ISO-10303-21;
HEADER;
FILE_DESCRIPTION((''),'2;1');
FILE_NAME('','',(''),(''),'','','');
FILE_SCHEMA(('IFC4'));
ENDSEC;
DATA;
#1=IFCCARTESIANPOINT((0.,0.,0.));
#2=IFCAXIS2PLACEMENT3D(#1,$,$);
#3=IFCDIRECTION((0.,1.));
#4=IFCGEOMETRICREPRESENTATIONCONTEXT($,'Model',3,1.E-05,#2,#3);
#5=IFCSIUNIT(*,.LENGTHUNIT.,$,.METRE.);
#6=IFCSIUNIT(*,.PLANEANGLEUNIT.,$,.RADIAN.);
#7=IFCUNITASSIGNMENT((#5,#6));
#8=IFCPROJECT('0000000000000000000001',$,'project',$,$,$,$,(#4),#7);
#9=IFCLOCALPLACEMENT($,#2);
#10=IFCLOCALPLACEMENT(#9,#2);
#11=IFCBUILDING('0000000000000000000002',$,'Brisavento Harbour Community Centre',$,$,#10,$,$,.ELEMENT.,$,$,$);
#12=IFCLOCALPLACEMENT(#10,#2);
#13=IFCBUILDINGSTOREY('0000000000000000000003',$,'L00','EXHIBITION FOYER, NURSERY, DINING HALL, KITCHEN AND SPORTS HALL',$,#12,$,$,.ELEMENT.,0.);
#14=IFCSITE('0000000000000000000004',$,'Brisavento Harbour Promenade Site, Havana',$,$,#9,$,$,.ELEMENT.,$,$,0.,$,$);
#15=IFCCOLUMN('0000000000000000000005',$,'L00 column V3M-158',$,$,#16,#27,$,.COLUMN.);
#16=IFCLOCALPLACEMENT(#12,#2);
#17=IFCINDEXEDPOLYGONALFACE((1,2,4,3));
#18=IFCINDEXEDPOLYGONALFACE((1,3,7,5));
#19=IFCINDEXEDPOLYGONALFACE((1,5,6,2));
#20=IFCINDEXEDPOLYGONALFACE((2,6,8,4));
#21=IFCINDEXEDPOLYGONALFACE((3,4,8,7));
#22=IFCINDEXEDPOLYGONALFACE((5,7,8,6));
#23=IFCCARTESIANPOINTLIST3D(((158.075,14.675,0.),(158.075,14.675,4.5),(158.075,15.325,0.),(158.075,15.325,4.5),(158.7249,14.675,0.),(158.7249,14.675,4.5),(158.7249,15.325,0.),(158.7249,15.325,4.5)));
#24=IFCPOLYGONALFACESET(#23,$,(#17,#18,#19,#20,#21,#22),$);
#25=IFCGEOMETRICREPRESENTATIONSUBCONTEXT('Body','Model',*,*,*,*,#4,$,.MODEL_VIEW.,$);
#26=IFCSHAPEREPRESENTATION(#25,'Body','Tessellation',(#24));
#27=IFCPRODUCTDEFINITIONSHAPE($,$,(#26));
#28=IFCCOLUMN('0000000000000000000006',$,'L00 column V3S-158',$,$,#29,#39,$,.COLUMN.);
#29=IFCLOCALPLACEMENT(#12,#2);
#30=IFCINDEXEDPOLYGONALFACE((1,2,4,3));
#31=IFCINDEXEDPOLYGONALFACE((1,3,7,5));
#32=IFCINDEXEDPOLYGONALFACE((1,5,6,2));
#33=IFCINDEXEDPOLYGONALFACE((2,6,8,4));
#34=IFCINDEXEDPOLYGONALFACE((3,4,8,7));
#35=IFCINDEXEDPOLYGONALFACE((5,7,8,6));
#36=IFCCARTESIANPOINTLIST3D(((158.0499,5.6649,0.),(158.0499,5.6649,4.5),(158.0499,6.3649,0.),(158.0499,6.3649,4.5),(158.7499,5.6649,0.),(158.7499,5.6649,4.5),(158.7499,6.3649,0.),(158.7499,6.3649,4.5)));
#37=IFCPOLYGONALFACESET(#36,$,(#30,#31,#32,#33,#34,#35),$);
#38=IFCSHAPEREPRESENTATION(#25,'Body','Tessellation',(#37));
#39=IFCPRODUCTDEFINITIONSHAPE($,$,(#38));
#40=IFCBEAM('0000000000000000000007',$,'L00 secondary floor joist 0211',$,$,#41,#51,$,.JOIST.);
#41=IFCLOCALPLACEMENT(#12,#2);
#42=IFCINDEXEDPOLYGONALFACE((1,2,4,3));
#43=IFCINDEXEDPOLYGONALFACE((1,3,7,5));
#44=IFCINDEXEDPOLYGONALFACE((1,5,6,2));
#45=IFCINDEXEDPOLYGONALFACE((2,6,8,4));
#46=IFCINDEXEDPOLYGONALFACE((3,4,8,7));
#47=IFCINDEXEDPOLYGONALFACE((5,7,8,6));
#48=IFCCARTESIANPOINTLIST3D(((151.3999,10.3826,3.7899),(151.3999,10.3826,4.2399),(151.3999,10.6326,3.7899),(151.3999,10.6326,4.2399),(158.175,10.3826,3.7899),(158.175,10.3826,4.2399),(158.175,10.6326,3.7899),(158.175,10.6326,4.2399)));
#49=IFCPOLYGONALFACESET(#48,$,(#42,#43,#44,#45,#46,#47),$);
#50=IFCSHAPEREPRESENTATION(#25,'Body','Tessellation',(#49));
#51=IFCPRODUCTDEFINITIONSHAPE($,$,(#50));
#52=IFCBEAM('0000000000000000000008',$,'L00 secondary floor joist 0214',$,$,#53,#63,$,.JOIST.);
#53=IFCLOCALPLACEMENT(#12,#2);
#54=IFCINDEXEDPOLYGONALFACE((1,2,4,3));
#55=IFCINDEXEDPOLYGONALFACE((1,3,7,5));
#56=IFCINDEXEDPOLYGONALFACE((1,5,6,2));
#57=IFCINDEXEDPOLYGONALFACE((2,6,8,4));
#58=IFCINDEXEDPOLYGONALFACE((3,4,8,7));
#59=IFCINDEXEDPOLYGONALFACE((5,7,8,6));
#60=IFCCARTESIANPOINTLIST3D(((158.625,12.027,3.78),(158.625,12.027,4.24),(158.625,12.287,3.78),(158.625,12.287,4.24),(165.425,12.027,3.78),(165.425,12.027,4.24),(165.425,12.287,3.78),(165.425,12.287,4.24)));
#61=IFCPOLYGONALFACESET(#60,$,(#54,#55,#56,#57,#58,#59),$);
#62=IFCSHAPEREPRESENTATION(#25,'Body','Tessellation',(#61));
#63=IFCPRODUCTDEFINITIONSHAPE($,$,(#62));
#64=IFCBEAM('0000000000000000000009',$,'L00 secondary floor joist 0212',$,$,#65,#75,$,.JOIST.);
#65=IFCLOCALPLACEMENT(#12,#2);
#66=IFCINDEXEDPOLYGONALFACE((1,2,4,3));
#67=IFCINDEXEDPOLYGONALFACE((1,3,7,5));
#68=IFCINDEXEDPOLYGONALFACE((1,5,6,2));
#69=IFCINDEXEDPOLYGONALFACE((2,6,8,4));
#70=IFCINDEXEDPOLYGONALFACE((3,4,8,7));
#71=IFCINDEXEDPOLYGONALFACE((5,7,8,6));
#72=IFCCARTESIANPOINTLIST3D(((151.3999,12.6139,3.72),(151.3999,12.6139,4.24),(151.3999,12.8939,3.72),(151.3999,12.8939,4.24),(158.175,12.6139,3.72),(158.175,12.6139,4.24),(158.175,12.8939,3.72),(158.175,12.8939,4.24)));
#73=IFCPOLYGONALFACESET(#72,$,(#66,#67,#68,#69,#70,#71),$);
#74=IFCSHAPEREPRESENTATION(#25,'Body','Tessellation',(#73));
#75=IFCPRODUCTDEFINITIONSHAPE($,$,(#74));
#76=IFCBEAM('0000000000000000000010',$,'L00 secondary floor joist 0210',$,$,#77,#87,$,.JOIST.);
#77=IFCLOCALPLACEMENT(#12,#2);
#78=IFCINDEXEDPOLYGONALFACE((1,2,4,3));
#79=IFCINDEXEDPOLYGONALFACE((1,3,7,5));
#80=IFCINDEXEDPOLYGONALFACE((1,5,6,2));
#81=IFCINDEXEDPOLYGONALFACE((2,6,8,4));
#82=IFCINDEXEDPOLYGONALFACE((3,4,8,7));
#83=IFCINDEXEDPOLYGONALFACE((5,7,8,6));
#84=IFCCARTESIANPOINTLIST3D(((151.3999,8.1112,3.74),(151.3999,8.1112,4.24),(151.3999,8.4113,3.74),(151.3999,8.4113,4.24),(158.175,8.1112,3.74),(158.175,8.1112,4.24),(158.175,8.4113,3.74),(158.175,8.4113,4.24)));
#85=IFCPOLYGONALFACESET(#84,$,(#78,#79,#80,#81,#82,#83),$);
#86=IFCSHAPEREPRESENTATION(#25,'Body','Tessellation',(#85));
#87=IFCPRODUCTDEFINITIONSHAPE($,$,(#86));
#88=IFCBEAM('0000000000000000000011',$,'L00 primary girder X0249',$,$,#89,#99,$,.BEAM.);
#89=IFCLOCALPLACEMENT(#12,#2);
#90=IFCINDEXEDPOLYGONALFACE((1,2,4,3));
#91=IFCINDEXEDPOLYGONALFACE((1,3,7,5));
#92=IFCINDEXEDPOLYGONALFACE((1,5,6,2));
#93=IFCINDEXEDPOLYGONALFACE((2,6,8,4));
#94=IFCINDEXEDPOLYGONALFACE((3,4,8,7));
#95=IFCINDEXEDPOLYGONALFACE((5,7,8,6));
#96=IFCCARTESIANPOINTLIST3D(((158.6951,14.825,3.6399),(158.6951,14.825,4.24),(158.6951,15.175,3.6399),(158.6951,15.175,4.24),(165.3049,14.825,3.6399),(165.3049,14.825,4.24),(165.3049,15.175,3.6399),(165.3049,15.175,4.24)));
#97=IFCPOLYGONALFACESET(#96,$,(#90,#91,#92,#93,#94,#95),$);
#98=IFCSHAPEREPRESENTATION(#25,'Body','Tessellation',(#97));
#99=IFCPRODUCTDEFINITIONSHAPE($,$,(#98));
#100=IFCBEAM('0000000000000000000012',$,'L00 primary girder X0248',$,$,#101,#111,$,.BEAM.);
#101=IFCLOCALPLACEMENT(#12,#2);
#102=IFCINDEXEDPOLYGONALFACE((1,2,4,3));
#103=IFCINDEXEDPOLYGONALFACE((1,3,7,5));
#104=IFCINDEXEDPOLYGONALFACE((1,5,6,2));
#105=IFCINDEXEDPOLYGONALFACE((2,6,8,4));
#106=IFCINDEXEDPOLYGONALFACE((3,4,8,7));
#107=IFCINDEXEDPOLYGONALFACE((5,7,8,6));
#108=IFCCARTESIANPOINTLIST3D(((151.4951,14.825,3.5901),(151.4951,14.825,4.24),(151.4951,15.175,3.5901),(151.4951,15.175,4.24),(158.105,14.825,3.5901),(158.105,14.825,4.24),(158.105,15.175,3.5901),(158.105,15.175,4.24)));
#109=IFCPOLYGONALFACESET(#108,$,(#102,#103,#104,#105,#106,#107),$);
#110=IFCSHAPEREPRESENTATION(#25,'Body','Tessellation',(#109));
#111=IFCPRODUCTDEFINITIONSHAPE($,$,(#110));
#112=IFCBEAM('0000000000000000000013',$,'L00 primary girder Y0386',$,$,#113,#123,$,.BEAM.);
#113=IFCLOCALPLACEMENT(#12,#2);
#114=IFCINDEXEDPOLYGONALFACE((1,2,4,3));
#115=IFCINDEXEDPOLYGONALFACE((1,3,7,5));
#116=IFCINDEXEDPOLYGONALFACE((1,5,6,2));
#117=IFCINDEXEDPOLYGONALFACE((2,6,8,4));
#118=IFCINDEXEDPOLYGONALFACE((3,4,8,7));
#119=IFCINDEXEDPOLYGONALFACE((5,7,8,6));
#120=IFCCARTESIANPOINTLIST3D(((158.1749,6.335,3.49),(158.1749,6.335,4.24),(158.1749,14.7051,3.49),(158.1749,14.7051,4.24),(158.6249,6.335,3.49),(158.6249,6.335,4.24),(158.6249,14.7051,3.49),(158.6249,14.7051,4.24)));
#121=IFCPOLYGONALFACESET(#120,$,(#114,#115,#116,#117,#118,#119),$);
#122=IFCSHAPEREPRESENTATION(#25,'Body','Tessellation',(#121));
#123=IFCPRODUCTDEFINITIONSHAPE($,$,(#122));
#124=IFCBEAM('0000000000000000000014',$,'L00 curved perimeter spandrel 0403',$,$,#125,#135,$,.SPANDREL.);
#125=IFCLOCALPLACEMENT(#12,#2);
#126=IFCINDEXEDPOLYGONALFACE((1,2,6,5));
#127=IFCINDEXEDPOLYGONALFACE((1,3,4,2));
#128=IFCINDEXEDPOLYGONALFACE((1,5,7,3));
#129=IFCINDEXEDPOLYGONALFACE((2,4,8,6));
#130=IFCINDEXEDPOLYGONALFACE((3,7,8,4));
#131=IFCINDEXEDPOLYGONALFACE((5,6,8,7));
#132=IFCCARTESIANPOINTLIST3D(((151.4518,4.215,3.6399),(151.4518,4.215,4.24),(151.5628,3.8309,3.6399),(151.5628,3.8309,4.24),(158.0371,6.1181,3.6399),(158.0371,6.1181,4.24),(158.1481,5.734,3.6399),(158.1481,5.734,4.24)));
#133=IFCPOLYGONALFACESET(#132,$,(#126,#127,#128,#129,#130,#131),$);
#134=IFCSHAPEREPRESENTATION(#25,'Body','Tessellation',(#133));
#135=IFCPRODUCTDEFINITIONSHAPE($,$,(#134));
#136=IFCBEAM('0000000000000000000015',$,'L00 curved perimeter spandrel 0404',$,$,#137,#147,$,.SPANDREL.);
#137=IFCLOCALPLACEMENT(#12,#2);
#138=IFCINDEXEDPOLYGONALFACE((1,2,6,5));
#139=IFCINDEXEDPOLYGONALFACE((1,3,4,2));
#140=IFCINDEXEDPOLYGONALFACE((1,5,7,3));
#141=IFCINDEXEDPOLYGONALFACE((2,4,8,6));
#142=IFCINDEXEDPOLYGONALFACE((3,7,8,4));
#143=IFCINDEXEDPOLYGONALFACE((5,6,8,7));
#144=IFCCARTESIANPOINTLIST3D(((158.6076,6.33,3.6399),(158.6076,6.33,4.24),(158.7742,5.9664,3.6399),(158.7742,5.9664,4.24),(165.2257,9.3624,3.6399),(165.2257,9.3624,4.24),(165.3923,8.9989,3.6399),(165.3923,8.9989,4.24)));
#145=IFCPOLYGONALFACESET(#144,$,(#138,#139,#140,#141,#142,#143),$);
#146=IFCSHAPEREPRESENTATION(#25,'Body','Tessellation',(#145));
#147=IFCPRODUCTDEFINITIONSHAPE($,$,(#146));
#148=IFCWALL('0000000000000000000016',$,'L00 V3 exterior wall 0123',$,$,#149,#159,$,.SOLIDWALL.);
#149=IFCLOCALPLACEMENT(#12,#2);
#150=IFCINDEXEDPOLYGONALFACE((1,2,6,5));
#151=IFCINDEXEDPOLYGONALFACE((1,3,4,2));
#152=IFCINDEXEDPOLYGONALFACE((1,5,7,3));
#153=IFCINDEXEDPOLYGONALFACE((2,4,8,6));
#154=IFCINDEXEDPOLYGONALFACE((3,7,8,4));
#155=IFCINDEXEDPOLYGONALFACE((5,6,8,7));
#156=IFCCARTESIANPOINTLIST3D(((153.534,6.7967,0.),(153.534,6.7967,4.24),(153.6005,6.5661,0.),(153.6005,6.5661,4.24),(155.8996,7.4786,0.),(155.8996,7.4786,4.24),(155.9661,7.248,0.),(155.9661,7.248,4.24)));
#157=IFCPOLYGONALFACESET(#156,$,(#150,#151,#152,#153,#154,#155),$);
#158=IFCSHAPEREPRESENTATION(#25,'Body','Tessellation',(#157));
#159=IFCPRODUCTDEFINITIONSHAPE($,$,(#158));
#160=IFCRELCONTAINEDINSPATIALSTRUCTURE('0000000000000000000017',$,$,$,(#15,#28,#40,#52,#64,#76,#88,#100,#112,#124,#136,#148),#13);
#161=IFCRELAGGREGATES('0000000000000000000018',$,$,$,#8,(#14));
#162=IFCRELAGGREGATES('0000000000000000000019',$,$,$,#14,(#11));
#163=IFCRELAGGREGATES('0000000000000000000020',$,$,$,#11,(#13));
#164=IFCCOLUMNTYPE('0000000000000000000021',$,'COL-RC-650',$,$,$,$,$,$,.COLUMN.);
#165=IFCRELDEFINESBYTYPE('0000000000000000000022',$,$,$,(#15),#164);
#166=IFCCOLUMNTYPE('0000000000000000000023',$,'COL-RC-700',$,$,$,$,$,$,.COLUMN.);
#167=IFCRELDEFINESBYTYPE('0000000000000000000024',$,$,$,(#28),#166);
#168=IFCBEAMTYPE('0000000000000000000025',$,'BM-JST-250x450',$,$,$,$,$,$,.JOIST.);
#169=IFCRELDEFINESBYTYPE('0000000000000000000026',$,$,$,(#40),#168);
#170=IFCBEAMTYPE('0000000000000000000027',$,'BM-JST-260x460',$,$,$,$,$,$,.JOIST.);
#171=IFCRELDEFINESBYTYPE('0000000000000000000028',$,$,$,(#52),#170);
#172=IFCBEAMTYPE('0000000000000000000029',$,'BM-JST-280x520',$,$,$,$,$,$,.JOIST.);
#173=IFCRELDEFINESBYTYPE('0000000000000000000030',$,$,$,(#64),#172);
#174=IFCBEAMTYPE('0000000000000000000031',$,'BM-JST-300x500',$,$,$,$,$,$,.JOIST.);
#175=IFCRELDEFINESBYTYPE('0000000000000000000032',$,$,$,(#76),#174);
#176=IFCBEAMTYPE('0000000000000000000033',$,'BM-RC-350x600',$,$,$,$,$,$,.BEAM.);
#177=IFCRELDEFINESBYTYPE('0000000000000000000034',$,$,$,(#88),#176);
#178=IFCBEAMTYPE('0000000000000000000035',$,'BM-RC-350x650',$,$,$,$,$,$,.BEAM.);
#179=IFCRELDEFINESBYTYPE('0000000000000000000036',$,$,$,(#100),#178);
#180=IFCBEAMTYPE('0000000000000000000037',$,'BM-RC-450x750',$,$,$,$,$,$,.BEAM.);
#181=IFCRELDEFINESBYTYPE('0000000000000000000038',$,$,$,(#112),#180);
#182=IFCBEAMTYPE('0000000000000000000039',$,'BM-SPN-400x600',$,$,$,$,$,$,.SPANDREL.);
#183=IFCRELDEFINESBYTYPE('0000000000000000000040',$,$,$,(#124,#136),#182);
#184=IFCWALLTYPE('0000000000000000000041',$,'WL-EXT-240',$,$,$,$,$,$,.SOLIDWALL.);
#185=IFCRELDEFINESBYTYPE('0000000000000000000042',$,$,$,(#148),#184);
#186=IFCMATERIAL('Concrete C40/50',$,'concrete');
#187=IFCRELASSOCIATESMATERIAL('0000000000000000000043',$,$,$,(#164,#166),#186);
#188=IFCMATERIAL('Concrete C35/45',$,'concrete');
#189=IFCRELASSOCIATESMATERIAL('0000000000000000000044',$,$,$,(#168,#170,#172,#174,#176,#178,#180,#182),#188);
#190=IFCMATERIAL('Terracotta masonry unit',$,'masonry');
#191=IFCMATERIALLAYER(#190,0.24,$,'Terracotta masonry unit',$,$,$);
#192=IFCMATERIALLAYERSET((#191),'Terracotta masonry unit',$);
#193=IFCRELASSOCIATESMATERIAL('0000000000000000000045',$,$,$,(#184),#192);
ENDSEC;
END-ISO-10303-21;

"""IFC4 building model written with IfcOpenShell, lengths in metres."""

from ifc_helpers import new_model, si_unit, direction, frame, frame_2d, origin, origin_2d, place, context, subcontext, project, spatial, rectangle, extrude, material, layer, layer_set, material_profile, profile_set, type_object, element, save


model = new_model("IFC4")

# Units and contexts
model_context = context("Model", 3, precision=1e-05, world=origin(), true_north=direction((0.0, 1.0)))
body_context = subcontext(model_context, "Body", "Model", "MODEL_VIEW")
ifc_project = project(units=[si_unit("LENGTHUNIT", "METRE"), si_unit("PLANEANGLEUNIT", "RADIAN")], contexts=[model_context])

# Site, building, storey
site_placement = place(None, origin())
site = spatial("IfcSite", under=ifc_project, at=site_placement, Name="Brisavento Harbour Promenade Site, Havana", CompositionType="ELEMENT", RefElevation=0.0)
building_placement = place(site_placement, origin())
building = spatial("IfcBuilding", under=site, at=building_placement, Name="Brisavento Harbour Community Centre", CompositionType="ELEMENT")
storey_placement = place(building_placement, origin())
storey = spatial("IfcBuildingStorey", under=building, at=storey_placement, Name="L00", Description="EXHIBITION FOYER, NURSERY, DINING HALL, KITCHEN AND SPORTS HALL", CompositionType="ELEMENT", Elevation=0.0)

# Columns
ifc_material_1 = material(Name="Concrete C40/50", Category="concrete")
ifc_material_profile_1 = material_profile(ifc_material_1, rectangle(XDim=0.6499, YDim=0.6499, at=origin_2d()), Name="Concrete C40/50")
ifc_profile_set_1 = profile_set([ifc_material_profile_1], Name="Concrete C40/50")
column_type_1 = type_object("IfcColumnType", Name="COL-RC-650", PredefinedType="COLUMN", material=ifc_profile_set_1)
column_1_placement = place(storey_placement, frame((158.3999, 15.0, 0.0), z_axis=(0.0, 0.0, 1.0), x_axis=(1.0, 0.0, 0.0)))
element("IfcColumn", 1, at=column_1_placement, inside=storey, type_object=column_type_1, Name="L00 column V3M-158", PredefinedType="COLUMN", context=body_context, shape_type="SweptSolid", body=[
    extrude(rectangle(XDim=0.6499, YDim=0.6499, at=origin_2d()), origin(), (0.0, 0.0, 1.0), 4.5),
])
ifc_material_profile_2 = material_profile(ifc_material_1, rectangle(XDim=0.7, YDim=0.7, at=origin_2d()), Name="Concrete C40/50")
ifc_profile_set_2 = profile_set([ifc_material_profile_2], Name="Concrete C40/50")
column_type_2 = type_object("IfcColumnType", Name="COL-RC-700", PredefinedType="COLUMN", material=ifc_profile_set_2)
column_2_placement = place(storey_placement, frame((158.3999, 6.0149, 0.0), z_axis=(0.0, 0.0, 1.0), x_axis=(1.0, 0.0, 0.0)))
element("IfcColumn", 2, at=column_2_placement, inside=storey, type_object=column_type_2, Name="L00 column V3S-158", PredefinedType="COLUMN", context=body_context, shape_type="SweptSolid", body=[
    extrude(rectangle(XDim=0.7, YDim=0.7, at=origin_2d()), origin(), (0.0, 0.0, 1.0), 4.5),
])

# Beams
ifc_material_2 = material(Name="Concrete C35/45", Category="concrete")
ifc_material_profile_3 = material_profile(ifc_material_2, rectangle(XDim=0.25, YDim=0.45, at=origin_2d()), Name="Concrete C35/45")
ifc_profile_set_3 = profile_set([ifc_material_profile_3], Name="Concrete C35/45")
beam_type_1 = type_object("IfcBeamType", Name="BM-JST-250x450", PredefinedType="JOIST", material=ifc_profile_set_3)
beam_1_placement = place(storey_placement, frame((151.3999, 10.5076, 4.0149), z_axis=(1.0, 0.0, 0.0), x_axis=(0.0, 1.0, 0.0)))
element("IfcBeam", 3, at=beam_1_placement, inside=storey, type_object=beam_type_1, Name="L00 secondary floor joist 0211", PredefinedType="JOIST", context=body_context, shape_type="SweptSolid", body=[
    extrude(rectangle(XDim=0.25, YDim=0.45, at=origin_2d()), origin(), (0.0, 0.0, 1.0), 6.7751),
])
ifc_material_profile_4 = material_profile(ifc_material_2, rectangle(XDim=0.26, YDim=0.46, at=origin_2d()), Name="Concrete C35/45")
ifc_profile_set_4 = profile_set([ifc_material_profile_4], Name="Concrete C35/45")
beam_type_2 = type_object("IfcBeamType", Name="BM-JST-260x460", PredefinedType="JOIST", material=ifc_profile_set_4)
beam_2_placement = place(storey_placement, frame((158.625, 12.157, 4.01), z_axis=(1.0, 0.0, 0.0), x_axis=(0.0, 1.0, 0.0)))
element("IfcBeam", 4, at=beam_2_placement, inside=storey, type_object=beam_type_2, Name="L00 secondary floor joist 0214", PredefinedType="JOIST", context=body_context, shape_type="SweptSolid", body=[
    extrude(rectangle(XDim=0.26, YDim=0.46, at=origin_2d()), origin(), (0.0, 0.0, 1.0), 6.8),
])
ifc_material_profile_5 = material_profile(ifc_material_2, rectangle(XDim=0.28, YDim=0.52, at=origin_2d()), Name="Concrete C35/45")
ifc_profile_set_5 = profile_set([ifc_material_profile_5], Name="Concrete C35/45")
beam_type_3 = type_object("IfcBeamType", Name="BM-JST-280x520", PredefinedType="JOIST", material=ifc_profile_set_5)
beam_3_placement = place(storey_placement, frame((151.3999, 12.7539, 3.98), z_axis=(1.0, 0.0, 0.0), x_axis=(0.0, 1.0, 0.0)))
element("IfcBeam", 5, at=beam_3_placement, inside=storey, type_object=beam_type_3, Name="L00 secondary floor joist 0212", PredefinedType="JOIST", context=body_context, shape_type="SweptSolid", body=[
    extrude(rectangle(XDim=0.28, YDim=0.52, at=origin_2d()), origin(), (0.0, 0.0, 1.0), 6.7751),
])
ifc_material_profile_6 = material_profile(ifc_material_2, rectangle(XDim=0.3, YDim=0.5, at=origin_2d()), Name="Concrete C35/45")
ifc_profile_set_6 = profile_set([ifc_material_profile_6], Name="Concrete C35/45")
beam_type_4 = type_object("IfcBeamType", Name="BM-JST-300x500", PredefinedType="JOIST", material=ifc_profile_set_6)
beam_4_placement = place(storey_placement, frame((151.3999, 8.2612, 3.99), z_axis=(1.0, 0.0, 0.0), x_axis=(0.0, 1.0, 0.0)))
element("IfcBeam", 6, at=beam_4_placement, inside=storey, type_object=beam_type_4, Name="L00 secondary floor joist 0210", PredefinedType="JOIST", context=body_context, shape_type="SweptSolid", body=[
    extrude(rectangle(XDim=0.3, YDim=0.5, at=origin_2d()), origin(), (0.0, 0.0, 1.0), 6.7751),
])
ifc_material_profile_7 = material_profile(ifc_material_2, rectangle(XDim=0.3501, YDim=0.6001, at=origin_2d()), Name="Concrete C35/45")
ifc_profile_set_7 = profile_set([ifc_material_profile_7], Name="Concrete C35/45")
beam_type_5 = type_object("IfcBeamType", Name="BM-RC-350x600", PredefinedType="BEAM", material=ifc_profile_set_7)
beam_5_placement = place(storey_placement, frame((158.6951, 15.0, 3.9399), z_axis=(1.0, 0.0, 0.0), x_axis=(0.0, 1.0, 0.0)))
element("IfcBeam", 7, at=beam_5_placement, inside=storey, type_object=beam_type_5, Name="L00 primary girder X0249", PredefinedType="BEAM", context=body_context, shape_type="SweptSolid", body=[
    extrude(rectangle(XDim=0.3501, YDim=0.6001, at=origin_2d()), origin(), (0.0, 0.0, 1.0), 6.6099),
])
ifc_material_profile_8 = material_profile(ifc_material_2, rectangle(XDim=0.3501, YDim=0.6499, at=origin_2d()), Name="Concrete C35/45")
ifc_profile_set_8 = profile_set([ifc_material_profile_8], Name="Concrete C35/45")
beam_type_6 = type_object("IfcBeamType", Name="BM-RC-350x650", PredefinedType="BEAM", material=ifc_profile_set_8)
beam_6_placement = place(storey_placement, frame((151.4951, 15.0, 3.915), z_axis=(1.0, 0.0, 0.0), x_axis=(0.0, 1.0, 0.0)))
element("IfcBeam", 8, at=beam_6_placement, inside=storey, type_object=beam_type_6, Name="L00 primary girder X0248", PredefinedType="BEAM", context=body_context, shape_type="SweptSolid", body=[
    extrude(rectangle(XDim=0.3501, YDim=0.6499, at=origin_2d()), origin(), (0.0, 0.0, 1.0), 6.6099),
])
ifc_material_profile_9 = material_profile(ifc_material_2, rectangle(XDim=0.45, YDim=0.75, at=origin_2d()), Name="Concrete C35/45")
ifc_profile_set_9 = profile_set([ifc_material_profile_9], Name="Concrete C35/45")
beam_type_7 = type_object("IfcBeamType", Name="BM-RC-450x750", PredefinedType="BEAM", material=ifc_profile_set_9)
beam_7_placement = place(storey_placement, frame((158.3999, 6.335, 3.865), z_axis=(0.0, 1.0, 0.0), x_axis=(-1.0, 0.0, 0.0)))
element("IfcBeam", 9, at=beam_7_placement, inside=storey, type_object=beam_type_7, Name="L00 primary girder Y0386", PredefinedType="BEAM", context=body_context, shape_type="SweptSolid", body=[
    extrude(rectangle(XDim=0.45, YDim=0.75, at=origin_2d()), origin(), (0.0, 0.0, 1.0), 8.3701),
])
ifc_material_profile_10 = material_profile(ifc_material_2, rectangle(XDim=0.3999, YDim=0.6001, at=origin_2d()), Name="Concrete C35/45")
ifc_profile_set_10 = profile_set([ifc_material_profile_10], Name="Concrete C35/45")
beam_type_8 = type_object("IfcBeamType", Name="BM-SPN-400x600", PredefinedType="SPANDREL", material=ifc_profile_set_10)
beam_8_placement = place(storey_placement, frame((151.5073, 4.0229, 3.9399), z_axis=(0.960688, 0.277632, 0.0), x_axis=(-0.277632, 0.960688, 0.0)))
element("IfcBeam", 10, at=beam_8_placement, inside=storey, type_object=beam_type_8, Name="L00 curved perimeter spandrel 0403", PredefinedType="SPANDREL", context=body_context, shape_type="SweptSolid", body=[
    extrude(rectangle(XDim=0.3999, YDim=0.6001, at=origin_2d()), origin(), (0.0, 0.0, 1.0), 6.8547),
])
beam_9_placement = place(storey_placement, frame((158.6909, 6.1482, 3.9399), z_axis=(0.909109, 0.416558, 0.0), x_axis=(-0.416558, 0.909109, 0.0)))
element("IfcBeam", 11, at=beam_9_placement, inside=storey, type_object=beam_type_8, Name="L00 curved perimeter spandrel 0404", PredefinedType="SPANDREL", context=body_context, shape_type="SweptSolid", body=[
    extrude(rectangle(XDim=0.3999, YDim=0.6001, at=origin_2d()), origin(), (0.0, 0.0, 1.0), 7.2798),
])

# Wall
ifc_material_3 = material(Name="Terracotta masonry unit", Category="masonry")
ifc_layer_1 = layer(ifc_material_3, 0.24, Name="Terracotta masonry unit")
ifc_layer_set_1 = layer_set([ifc_layer_1], Name="Terracotta masonry unit")
wall_type_1 = type_object("IfcWallType", Name="WL-EXT-240", PredefinedType="SOLIDWALL", material=ifc_layer_set_1)
wall_1_placement = place(storey_placement, frame((155.9329, 7.3633, 0.0), z_axis=(0.0, 0.0, 1.0), x_axis=(-0.960874, -0.276986, 0.0)))
element("IfcWall", 12, at=wall_1_placement, inside=storey, type_object=wall_type_1, Name="L00 V3 exterior wall 0123", PredefinedType="SOLIDWALL", context=body_context, shape_type="SweptSolid", body=[
    extrude(rectangle(XDim=2.4619, YDim=0.24, at=frame_2d((1.231, 0.0))), origin(), (0.0, 0.0, 1.0), 4.24),
])

save(model, "model.ifc")
